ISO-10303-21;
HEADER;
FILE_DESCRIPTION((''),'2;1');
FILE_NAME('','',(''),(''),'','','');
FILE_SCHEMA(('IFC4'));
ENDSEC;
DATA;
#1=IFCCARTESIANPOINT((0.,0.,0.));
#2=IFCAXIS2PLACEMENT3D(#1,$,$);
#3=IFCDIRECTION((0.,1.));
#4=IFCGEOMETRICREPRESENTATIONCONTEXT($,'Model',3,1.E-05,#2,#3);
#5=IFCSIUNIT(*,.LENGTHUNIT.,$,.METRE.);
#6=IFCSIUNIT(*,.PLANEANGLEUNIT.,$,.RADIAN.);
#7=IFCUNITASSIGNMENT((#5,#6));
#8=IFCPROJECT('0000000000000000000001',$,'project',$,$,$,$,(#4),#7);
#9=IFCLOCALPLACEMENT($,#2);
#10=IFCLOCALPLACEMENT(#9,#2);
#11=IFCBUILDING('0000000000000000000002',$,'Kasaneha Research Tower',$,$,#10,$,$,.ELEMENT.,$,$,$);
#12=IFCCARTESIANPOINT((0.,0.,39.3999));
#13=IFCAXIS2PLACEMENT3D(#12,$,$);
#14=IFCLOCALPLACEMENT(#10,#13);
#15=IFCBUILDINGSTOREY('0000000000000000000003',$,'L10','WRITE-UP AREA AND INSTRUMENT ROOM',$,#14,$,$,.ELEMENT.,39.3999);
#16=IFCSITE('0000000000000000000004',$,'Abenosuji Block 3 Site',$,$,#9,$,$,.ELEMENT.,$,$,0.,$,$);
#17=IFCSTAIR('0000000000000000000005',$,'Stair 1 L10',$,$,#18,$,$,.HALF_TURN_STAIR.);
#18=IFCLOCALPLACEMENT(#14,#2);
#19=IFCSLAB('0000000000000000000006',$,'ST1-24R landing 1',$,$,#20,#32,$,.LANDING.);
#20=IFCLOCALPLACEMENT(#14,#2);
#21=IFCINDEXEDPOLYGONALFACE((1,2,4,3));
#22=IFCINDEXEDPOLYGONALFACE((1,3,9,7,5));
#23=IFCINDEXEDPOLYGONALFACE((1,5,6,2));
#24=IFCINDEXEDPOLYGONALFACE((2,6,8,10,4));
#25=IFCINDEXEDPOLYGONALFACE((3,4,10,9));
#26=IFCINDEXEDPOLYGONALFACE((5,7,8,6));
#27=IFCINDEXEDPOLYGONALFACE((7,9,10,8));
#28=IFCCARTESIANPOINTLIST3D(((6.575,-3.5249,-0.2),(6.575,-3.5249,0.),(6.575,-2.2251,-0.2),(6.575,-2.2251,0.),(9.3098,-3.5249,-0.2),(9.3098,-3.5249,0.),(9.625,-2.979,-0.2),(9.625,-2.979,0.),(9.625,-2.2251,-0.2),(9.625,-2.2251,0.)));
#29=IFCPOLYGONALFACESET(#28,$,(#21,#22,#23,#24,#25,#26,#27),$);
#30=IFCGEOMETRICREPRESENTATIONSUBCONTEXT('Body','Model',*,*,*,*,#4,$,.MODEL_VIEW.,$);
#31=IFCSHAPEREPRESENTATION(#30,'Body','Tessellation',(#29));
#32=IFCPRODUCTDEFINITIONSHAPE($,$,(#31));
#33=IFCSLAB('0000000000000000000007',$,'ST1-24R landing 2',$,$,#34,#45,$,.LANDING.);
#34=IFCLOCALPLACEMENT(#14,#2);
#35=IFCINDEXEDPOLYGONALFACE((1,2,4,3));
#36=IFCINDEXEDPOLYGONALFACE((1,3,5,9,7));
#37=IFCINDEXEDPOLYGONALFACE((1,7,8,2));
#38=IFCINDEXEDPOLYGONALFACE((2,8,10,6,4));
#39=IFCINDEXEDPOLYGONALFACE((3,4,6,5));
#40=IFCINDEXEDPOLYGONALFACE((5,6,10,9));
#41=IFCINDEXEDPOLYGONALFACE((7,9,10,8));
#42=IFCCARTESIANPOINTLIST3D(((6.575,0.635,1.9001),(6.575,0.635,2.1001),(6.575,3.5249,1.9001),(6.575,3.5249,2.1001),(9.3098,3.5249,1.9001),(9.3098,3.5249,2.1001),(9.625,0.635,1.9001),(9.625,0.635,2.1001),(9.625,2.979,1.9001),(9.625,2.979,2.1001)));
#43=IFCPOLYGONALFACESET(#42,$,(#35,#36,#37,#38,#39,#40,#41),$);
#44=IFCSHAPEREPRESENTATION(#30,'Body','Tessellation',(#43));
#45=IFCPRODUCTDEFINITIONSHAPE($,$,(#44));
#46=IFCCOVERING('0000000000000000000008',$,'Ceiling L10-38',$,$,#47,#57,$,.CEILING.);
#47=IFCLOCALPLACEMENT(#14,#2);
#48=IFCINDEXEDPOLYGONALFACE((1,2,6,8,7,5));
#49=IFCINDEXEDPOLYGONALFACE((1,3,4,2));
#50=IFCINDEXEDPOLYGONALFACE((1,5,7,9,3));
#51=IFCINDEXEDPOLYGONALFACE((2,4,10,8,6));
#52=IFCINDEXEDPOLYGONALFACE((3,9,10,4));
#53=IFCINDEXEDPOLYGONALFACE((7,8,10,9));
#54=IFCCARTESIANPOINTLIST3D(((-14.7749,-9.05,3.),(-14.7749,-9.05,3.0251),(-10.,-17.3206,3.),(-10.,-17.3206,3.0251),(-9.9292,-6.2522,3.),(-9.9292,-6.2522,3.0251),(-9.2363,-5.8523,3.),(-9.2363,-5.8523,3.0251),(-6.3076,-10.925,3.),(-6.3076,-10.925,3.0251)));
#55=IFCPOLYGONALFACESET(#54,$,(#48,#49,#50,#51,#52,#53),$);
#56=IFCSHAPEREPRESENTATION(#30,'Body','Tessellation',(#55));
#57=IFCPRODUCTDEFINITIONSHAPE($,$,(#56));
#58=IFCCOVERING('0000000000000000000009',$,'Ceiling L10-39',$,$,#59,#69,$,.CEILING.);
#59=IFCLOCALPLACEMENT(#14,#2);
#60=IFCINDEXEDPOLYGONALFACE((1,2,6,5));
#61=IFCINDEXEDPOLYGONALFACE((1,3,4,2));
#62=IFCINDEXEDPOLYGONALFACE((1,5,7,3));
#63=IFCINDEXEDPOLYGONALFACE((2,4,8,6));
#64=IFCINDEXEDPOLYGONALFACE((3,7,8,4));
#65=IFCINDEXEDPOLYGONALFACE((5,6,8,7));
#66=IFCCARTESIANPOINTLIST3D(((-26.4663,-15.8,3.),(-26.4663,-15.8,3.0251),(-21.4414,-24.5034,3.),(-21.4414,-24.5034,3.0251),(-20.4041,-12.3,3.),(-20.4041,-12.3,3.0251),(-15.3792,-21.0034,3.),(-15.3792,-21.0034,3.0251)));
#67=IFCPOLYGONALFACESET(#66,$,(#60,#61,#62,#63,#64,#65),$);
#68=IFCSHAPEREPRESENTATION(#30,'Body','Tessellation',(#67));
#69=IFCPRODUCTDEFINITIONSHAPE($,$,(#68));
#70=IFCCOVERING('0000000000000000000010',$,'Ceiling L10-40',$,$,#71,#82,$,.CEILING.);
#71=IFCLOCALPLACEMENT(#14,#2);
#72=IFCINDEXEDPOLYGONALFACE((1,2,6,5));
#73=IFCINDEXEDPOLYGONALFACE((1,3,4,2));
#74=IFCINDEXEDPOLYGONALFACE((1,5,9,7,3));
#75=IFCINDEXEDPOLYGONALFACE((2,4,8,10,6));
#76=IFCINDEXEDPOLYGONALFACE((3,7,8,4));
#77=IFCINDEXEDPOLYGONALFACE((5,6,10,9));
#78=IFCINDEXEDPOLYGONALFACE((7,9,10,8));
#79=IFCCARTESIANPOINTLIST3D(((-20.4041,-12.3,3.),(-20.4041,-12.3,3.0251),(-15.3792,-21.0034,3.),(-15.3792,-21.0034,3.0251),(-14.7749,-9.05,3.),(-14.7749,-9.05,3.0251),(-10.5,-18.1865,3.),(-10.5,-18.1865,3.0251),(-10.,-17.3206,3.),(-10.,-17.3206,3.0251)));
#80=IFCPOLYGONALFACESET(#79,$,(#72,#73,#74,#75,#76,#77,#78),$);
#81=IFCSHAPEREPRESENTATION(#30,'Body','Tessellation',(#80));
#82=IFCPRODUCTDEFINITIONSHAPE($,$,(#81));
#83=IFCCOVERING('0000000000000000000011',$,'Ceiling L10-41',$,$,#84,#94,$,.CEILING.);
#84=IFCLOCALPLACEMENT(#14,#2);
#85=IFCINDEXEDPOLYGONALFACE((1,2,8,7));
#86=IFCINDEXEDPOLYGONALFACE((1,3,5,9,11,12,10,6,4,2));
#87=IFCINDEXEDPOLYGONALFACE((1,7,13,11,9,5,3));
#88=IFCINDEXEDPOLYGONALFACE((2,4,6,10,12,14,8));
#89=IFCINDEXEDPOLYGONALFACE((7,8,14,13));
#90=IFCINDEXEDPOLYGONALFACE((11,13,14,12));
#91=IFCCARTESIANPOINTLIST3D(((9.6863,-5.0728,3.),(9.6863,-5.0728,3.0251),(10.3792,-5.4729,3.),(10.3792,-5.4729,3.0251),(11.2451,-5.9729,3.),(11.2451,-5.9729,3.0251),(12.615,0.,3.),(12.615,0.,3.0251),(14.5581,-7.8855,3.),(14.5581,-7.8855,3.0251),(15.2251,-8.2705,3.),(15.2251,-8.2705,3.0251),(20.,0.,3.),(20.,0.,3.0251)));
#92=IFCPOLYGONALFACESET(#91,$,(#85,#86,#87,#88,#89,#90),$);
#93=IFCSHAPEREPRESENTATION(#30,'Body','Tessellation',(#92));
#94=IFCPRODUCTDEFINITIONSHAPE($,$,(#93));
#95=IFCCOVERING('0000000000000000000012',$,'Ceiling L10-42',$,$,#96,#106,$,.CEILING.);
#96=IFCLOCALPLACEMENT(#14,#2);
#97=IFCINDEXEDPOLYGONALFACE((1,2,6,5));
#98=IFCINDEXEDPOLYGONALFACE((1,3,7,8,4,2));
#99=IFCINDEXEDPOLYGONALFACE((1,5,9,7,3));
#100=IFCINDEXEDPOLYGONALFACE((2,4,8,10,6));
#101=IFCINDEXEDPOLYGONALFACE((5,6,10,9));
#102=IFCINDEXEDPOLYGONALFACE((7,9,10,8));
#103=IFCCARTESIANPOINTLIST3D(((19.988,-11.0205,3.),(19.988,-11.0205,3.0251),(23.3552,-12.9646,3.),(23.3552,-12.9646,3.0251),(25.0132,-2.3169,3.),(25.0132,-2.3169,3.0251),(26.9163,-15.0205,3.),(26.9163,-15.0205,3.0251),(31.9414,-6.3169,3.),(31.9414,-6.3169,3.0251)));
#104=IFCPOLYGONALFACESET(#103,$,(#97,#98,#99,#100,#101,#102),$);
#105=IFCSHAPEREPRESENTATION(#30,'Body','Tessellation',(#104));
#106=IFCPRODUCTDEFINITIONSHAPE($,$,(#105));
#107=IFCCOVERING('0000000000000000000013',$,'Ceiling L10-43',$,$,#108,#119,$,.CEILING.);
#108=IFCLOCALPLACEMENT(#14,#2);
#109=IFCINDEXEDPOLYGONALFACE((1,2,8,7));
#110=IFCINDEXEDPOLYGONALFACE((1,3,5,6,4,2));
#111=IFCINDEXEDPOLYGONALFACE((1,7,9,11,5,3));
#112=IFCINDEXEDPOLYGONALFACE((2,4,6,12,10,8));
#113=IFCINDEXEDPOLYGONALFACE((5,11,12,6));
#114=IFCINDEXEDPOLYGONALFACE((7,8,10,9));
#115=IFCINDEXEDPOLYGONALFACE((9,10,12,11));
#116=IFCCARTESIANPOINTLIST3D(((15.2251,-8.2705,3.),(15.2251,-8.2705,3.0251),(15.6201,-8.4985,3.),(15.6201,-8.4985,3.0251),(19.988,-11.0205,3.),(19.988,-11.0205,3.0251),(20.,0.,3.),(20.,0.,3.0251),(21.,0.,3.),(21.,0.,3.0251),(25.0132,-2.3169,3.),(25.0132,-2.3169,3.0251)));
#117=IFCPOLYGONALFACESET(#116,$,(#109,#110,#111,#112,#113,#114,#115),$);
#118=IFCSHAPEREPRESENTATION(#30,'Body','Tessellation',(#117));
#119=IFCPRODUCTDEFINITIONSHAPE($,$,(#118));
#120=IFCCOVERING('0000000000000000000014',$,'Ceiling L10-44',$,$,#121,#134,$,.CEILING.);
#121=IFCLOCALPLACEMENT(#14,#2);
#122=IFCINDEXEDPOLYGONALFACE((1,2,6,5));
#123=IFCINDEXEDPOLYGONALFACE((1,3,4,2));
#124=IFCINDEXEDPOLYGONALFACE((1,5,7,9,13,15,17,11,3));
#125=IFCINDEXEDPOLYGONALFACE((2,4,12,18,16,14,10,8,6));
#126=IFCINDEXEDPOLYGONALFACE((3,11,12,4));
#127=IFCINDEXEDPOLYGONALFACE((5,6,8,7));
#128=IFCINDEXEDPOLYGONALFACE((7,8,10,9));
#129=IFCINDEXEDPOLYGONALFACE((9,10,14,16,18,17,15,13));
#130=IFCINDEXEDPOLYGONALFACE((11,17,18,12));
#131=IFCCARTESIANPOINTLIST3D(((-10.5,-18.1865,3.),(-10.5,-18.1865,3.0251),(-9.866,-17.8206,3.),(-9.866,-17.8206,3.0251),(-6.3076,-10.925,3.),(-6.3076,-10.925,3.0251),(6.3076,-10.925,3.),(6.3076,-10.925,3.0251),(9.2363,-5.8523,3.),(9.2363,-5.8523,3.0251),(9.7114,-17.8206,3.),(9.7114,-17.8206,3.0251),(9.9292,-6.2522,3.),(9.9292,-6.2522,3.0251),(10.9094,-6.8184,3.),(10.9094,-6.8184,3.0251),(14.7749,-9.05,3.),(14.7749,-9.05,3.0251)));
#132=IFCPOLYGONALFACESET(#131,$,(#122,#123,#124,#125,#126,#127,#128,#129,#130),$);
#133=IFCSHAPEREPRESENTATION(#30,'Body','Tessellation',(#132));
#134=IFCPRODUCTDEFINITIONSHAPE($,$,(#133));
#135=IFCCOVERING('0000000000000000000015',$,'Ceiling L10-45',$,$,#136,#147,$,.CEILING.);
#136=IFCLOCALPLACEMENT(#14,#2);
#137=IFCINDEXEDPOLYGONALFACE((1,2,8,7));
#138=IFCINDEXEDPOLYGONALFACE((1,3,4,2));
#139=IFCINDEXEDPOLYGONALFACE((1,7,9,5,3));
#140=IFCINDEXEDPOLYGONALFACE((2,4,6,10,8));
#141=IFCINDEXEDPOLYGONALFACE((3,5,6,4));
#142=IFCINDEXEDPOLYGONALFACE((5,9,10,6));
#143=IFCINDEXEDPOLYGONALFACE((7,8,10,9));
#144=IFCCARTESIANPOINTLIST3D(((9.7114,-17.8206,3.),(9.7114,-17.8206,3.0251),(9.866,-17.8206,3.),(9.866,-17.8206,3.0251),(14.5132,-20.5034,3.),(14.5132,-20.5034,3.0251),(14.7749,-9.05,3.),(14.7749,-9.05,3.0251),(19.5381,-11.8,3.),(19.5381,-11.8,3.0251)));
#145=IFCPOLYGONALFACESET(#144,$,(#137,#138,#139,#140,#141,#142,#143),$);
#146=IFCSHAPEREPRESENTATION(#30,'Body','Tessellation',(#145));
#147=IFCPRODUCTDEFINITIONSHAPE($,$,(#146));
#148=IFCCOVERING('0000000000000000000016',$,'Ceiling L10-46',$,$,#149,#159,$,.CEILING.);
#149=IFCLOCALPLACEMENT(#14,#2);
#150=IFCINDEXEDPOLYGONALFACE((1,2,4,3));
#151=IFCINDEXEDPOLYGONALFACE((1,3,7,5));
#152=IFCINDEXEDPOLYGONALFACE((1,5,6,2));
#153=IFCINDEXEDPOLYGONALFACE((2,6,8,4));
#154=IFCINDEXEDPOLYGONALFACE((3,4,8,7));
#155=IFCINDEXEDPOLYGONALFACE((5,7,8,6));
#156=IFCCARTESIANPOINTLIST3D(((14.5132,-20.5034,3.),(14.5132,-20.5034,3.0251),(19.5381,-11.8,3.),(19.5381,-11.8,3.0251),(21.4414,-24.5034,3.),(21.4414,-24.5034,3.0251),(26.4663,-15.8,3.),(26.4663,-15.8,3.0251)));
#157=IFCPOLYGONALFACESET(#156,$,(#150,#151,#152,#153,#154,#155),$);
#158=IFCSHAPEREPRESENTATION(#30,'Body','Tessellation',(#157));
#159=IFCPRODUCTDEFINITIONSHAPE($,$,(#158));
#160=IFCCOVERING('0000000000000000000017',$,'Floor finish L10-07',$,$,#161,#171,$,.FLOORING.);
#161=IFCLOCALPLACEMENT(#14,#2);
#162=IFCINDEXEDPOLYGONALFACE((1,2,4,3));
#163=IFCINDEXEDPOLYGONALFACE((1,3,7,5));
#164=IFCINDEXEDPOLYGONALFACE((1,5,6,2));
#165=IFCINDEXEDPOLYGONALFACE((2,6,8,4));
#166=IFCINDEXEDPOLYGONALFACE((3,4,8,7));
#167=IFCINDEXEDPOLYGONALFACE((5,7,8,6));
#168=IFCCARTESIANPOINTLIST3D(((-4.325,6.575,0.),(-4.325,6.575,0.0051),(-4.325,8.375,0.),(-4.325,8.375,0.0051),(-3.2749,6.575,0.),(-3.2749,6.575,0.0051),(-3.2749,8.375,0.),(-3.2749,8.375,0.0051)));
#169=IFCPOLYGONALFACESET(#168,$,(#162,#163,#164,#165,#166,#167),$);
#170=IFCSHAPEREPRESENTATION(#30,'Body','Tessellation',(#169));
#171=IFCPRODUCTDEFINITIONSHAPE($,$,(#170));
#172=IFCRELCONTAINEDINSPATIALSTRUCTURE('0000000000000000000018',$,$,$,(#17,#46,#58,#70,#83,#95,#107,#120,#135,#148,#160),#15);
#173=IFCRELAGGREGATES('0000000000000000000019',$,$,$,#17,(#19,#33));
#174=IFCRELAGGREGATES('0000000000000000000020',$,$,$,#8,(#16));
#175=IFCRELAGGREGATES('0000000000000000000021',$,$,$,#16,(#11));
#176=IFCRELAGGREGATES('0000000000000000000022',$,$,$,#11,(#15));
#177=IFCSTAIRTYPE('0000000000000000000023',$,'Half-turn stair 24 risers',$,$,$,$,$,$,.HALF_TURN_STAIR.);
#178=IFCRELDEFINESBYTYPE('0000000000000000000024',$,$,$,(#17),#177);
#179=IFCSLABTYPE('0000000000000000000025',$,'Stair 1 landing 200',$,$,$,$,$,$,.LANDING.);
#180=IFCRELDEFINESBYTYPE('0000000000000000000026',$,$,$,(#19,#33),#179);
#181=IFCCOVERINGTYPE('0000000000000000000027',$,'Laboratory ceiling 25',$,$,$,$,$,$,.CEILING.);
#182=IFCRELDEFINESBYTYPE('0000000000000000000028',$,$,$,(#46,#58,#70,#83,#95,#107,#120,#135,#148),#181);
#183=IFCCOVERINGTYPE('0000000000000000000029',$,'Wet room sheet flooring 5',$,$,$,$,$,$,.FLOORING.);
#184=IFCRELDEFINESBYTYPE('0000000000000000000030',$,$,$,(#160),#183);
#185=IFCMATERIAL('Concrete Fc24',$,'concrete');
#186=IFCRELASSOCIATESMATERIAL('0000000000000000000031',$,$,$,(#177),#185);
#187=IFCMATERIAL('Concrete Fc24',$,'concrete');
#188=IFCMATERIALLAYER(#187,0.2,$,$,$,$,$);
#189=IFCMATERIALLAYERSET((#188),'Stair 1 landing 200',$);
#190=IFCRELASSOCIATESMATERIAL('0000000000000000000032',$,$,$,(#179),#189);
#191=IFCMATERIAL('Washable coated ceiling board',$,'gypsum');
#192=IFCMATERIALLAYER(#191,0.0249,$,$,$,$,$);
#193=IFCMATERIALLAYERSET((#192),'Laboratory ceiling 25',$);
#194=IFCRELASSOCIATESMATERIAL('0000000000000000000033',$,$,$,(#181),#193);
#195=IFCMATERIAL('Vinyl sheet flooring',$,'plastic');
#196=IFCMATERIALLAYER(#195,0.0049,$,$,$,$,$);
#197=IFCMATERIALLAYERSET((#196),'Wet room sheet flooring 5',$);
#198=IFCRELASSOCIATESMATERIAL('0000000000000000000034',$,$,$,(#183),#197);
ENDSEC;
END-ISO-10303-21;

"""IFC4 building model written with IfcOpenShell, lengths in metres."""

from ifc_helpers import new_model, si_unit, direction, frame, origin, place, context, subcontext, project, spatial, polyline, outline, extrude, material, layer, layer_set, type_object, element, aggregate, save


model = new_model("IFC4")

# Units and contexts
model_context = context("Model", 3, precision=1e-05, world=origin(), true_north=direction((0.0, 1.0)))
body_context = subcontext(model_context, "Body", "Model", "MODEL_VIEW")
ifc_project = project(units=[si_unit("LENGTHUNIT", "METRE"), si_unit("PLANEANGLEUNIT", "RADIAN")], contexts=[model_context])

# Site, building, storey
site_placement = place(None, origin())
site = spatial("IfcSite", under=ifc_project, at=site_placement, Name="Abenosuji Block 3 Site", CompositionType="ELEMENT", RefElevation=0.0)
building_placement = place(site_placement, origin())
building = spatial("IfcBuilding", under=site, at=building_placement, Name="Kasaneha Research Tower", CompositionType="ELEMENT")
storey_placement = place(building_placement, frame((0.0, 0.0, 39.3999)))
storey = spatial("IfcBuildingStorey", under=building, at=storey_placement, Name="L10", Description="WRITE-UP AREA AND INSTRUMENT ROOM", CompositionType="ELEMENT", Elevation=39.3999)

# Stair, slabs
ifc_material_1 = material(Name="Concrete Fc24", Category="concrete")
stair_type = type_object("IfcStairType", Name="Half-turn stair 24 risers", PredefinedType="HALF_TURN_STAIR", material=ifc_material_1)
stair_placement = place(storey_placement, origin())
stair = element("IfcStair", 1, at=stair_placement, inside=storey, type_object=stair_type, Name="Stair 1 L10", PredefinedType="HALF_TURN_STAIR")
ifc_material_2 = material(Name="Concrete Fc24", Category="concrete")
ifc_layer_1 = layer(ifc_material_2, 0.2)
ifc_layer_set_1 = layer_set([ifc_layer_1], Name="Stair 1 landing 200")
slab_type = type_object("IfcSlabType", Name="Stair 1 landing 200", PredefinedType="LANDING", material=ifc_layer_set_1)
slab_1_placement = place(storey_placement, frame((0.0, 0.0, -0.2)))
slab_1 = element("IfcSlab", 2, at=slab_1_placement, type_object=slab_type, Name="ST1-24R landing 1", PredefinedType="LANDING", context=body_context, shape_type="SweptSolid", body=[
    extrude(outline(polyline([(9.3098, -3.5249), (6.575, -3.5249), (6.575, -2.2251), (9.625, -2.2251), (9.625, -2.979), (9.3098, -3.5249)])), origin(), (0.0, 0.0, 1.0), 0.2),
])
slab_2_placement = place(storey_placement, frame((0.0, 0.0, 1.9001)))
slab_2 = element("IfcSlab", 3, at=slab_2_placement, type_object=slab_type, Name="ST1-24R landing 2", PredefinedType="LANDING", context=body_context, shape_type="SweptSolid", body=[
    extrude(outline(polyline([(6.575, 3.5249), (9.3098, 3.5249), (9.625, 2.979), (9.625, 0.635), (6.575, 0.635), (6.575, 3.5249)])), origin(), (0.0, 0.0, 1.0), 0.2),
])
aggregate(stair, [slab_1, slab_2])

# Coverings
ifc_material_3 = material(Name="Washable coated ceiling board", Category="gypsum")
ifc_layer_2 = layer(ifc_material_3, 0.0249)
ifc_layer_set_2 = layer_set([ifc_layer_2], Name="Laboratory ceiling 25")
covering_type_1 = type_object("IfcCoveringType", Name="Laboratory ceiling 25", PredefinedType="CEILING", material=ifc_layer_set_2)
covering_1_placement = place(storey_placement, frame((0.0, 0.0, 3.0)))
element("IfcCovering", 4, at=covering_1_placement, inside=storey, type_object=covering_type_1, Name="Ceiling L10-38", PredefinedType="CEILING", context=body_context, shape_type="SweptSolid", body=[
    extrude(outline(polyline([(-9.2363, -5.8523), (-6.3076, -10.925), (-10.0, -17.3206), (-14.7749, -9.05), (-9.9292, -6.2522), (-9.9292, -6.2522), (-9.2363, -5.8523)])), origin(), (0.0, 0.0, 1.0), 0.0251),
])
covering_2_placement = place(storey_placement, frame((0.0, 0.0, 3.0)))
element("IfcCovering", 5, at=covering_2_placement, inside=storey, type_object=covering_type_1, Name="Ceiling L10-39", PredefinedType="CEILING", context=body_context, shape_type="SweptSolid", body=[
    extrude(outline(polyline([(-21.4414, -24.5034), (-26.4663, -15.8), (-20.4041, -12.3), (-15.3792, -21.0034), (-21.4414, -24.5034)])), origin(), (0.0, 0.0, 1.0), 0.0251),
])
covering_3_placement = place(storey_placement, frame((0.0, 0.0, 3.0)))
element("IfcCovering", 6, at=covering_3_placement, inside=storey, type_object=covering_type_1, Name="Ceiling L10-40", PredefinedType="CEILING", context=body_context, shape_type="SweptSolid", body=[
    extrude(outline(polyline([(-10.5, -18.1865), (-15.3792, -21.0034), (-20.4041, -12.3), (-14.7749, -9.05), (-10.0, -17.3206), (-10.5, -18.1865)])), origin(), (0.0, 0.0, 1.0), 0.0251),
])
covering_4_placement = place(storey_placement, frame((0.0, 0.0, 3.0)))
element("IfcCovering", 7, at=covering_4_placement, inside=storey, type_object=covering_type_1, Name="Ceiling L10-41", PredefinedType="CEILING", context=body_context, shape_type="SweptSolid", body=[
    extrude(outline(polyline([(11.2451, -5.9729), (10.3792, -5.4729), (9.6863, -5.0728), (12.615, 0.0), (20.0, 0.0), (15.2251, -8.2705), (14.5581, -7.8855), (11.2451, -5.9729)])), origin(), (0.0, 0.0, 1.0), 0.0251),
])
covering_5_placement = place(storey_placement, frame((0.0, 0.0, 3.0)))
element("IfcCovering", 8, at=covering_5_placement, inside=storey, type_object=covering_type_1, Name="Ceiling L10-42", PredefinedType="CEILING", context=body_context, shape_type="SweptSolid", body=[
    extrude(outline(polyline([(19.988, -11.0205), (25.0132, -2.3169), (31.9414, -6.3169), (26.9163, -15.0205), (23.3552, -12.9646), (19.988, -11.0205)])), origin(), (0.0, 0.0, 1.0), 0.0251),
])
covering_6_placement = place(storey_placement, frame((0.0, 0.0, 3.0)))
element("IfcCovering", 9, at=covering_6_placement, inside=storey, type_object=covering_type_1, Name="Ceiling L10-43", PredefinedType="CEILING", context=body_context, shape_type="SweptSolid", body=[
    extrude(outline(polyline([(15.2251, -8.2705), (20.0, 0.0), (21.0, 0.0), (25.0132, -2.3169), (19.988, -11.0205), (15.6201, -8.4985), (15.2251, -8.2705)])), origin(), (0.0, 0.0, 1.0), 0.0251),
])
covering_7_placement = place(storey_placement, frame((0.0, 0.0, 3.0)))
element("IfcCovering", 10, at=covering_7_placement, inside=storey, type_object=covering_type_1, Name="Ceiling L10-44", PredefinedType="CEILING", context=body_context, shape_type="SweptSolid", body=[
    extrude(outline(polyline([(-10.5, -18.1865), (-6.3076, -10.925), (6.3076, -10.925), (9.2363, -5.8523), (9.9292, -6.2522), (9.9292, -6.2522), (10.9094, -6.8184), (14.7749, -9.05), (9.7114, -17.8206), (-9.866, -17.8206), (-10.5, -18.1865)])), origin(), (0.0, 0.0, 1.0), 0.0251),
])
covering_8_placement = place(storey_placement, frame((0.0, 0.0, 3.0)))
element("IfcCovering", 11, at=covering_8_placement, inside=storey, type_object=covering_type_1, Name="Ceiling L10-45", PredefinedType="CEILING", context=body_context, shape_type="SweptSolid", body=[
    extrude(outline(polyline([(14.7749, -9.05), (19.5381, -11.8), (14.5132, -20.5034), (9.866, -17.8206), (9.7114, -17.8206), (14.7749, -9.05)])), origin(), (0.0, 0.0, 1.0), 0.0251),
])
covering_9_placement = place(storey_placement, frame((0.0, 0.0, 3.0)))
element("IfcCovering", 12, at=covering_9_placement, inside=storey, type_object=covering_type_1, Name="Ceiling L10-46", PredefinedType="CEILING", context=body_context, shape_type="SweptSolid", body=[
    extrude(outline(polyline([(21.4414, -24.5034), (14.5132, -20.5034), (19.5381, -11.8), (26.4663, -15.8), (21.4414, -24.5034)])), origin(), (0.0, 0.0, 1.0), 0.0251),
])
ifc_material_4 = material(Name="Vinyl sheet flooring", Category="plastic")
ifc_layer_3 = layer(ifc_material_4, 0.0049)
ifc_layer_set_3 = layer_set([ifc_layer_3], Name="Wet room sheet flooring 5")
covering_type_2 = type_object("IfcCoveringType", Name="Wet room sheet flooring 5", PredefinedType="FLOORING", material=ifc_layer_set_3)
covering_10_placement = place(storey_placement, origin())
element("IfcCovering", 13, at=covering_10_placement, inside=storey, type_object=covering_type_2, Name="Floor finish L10-07", PredefinedType="FLOORING", context=body_context, shape_type="SweptSolid", body=[
    extrude(outline(polyline([(-4.325, 6.575), (-4.325, 8.375), (-3.2749, 8.375), (-3.2749, 6.575), (-4.325, 6.575)])), origin(), (0.0, 0.0, 1.0), 0.0051),
])

save(model, "model.ifc")
